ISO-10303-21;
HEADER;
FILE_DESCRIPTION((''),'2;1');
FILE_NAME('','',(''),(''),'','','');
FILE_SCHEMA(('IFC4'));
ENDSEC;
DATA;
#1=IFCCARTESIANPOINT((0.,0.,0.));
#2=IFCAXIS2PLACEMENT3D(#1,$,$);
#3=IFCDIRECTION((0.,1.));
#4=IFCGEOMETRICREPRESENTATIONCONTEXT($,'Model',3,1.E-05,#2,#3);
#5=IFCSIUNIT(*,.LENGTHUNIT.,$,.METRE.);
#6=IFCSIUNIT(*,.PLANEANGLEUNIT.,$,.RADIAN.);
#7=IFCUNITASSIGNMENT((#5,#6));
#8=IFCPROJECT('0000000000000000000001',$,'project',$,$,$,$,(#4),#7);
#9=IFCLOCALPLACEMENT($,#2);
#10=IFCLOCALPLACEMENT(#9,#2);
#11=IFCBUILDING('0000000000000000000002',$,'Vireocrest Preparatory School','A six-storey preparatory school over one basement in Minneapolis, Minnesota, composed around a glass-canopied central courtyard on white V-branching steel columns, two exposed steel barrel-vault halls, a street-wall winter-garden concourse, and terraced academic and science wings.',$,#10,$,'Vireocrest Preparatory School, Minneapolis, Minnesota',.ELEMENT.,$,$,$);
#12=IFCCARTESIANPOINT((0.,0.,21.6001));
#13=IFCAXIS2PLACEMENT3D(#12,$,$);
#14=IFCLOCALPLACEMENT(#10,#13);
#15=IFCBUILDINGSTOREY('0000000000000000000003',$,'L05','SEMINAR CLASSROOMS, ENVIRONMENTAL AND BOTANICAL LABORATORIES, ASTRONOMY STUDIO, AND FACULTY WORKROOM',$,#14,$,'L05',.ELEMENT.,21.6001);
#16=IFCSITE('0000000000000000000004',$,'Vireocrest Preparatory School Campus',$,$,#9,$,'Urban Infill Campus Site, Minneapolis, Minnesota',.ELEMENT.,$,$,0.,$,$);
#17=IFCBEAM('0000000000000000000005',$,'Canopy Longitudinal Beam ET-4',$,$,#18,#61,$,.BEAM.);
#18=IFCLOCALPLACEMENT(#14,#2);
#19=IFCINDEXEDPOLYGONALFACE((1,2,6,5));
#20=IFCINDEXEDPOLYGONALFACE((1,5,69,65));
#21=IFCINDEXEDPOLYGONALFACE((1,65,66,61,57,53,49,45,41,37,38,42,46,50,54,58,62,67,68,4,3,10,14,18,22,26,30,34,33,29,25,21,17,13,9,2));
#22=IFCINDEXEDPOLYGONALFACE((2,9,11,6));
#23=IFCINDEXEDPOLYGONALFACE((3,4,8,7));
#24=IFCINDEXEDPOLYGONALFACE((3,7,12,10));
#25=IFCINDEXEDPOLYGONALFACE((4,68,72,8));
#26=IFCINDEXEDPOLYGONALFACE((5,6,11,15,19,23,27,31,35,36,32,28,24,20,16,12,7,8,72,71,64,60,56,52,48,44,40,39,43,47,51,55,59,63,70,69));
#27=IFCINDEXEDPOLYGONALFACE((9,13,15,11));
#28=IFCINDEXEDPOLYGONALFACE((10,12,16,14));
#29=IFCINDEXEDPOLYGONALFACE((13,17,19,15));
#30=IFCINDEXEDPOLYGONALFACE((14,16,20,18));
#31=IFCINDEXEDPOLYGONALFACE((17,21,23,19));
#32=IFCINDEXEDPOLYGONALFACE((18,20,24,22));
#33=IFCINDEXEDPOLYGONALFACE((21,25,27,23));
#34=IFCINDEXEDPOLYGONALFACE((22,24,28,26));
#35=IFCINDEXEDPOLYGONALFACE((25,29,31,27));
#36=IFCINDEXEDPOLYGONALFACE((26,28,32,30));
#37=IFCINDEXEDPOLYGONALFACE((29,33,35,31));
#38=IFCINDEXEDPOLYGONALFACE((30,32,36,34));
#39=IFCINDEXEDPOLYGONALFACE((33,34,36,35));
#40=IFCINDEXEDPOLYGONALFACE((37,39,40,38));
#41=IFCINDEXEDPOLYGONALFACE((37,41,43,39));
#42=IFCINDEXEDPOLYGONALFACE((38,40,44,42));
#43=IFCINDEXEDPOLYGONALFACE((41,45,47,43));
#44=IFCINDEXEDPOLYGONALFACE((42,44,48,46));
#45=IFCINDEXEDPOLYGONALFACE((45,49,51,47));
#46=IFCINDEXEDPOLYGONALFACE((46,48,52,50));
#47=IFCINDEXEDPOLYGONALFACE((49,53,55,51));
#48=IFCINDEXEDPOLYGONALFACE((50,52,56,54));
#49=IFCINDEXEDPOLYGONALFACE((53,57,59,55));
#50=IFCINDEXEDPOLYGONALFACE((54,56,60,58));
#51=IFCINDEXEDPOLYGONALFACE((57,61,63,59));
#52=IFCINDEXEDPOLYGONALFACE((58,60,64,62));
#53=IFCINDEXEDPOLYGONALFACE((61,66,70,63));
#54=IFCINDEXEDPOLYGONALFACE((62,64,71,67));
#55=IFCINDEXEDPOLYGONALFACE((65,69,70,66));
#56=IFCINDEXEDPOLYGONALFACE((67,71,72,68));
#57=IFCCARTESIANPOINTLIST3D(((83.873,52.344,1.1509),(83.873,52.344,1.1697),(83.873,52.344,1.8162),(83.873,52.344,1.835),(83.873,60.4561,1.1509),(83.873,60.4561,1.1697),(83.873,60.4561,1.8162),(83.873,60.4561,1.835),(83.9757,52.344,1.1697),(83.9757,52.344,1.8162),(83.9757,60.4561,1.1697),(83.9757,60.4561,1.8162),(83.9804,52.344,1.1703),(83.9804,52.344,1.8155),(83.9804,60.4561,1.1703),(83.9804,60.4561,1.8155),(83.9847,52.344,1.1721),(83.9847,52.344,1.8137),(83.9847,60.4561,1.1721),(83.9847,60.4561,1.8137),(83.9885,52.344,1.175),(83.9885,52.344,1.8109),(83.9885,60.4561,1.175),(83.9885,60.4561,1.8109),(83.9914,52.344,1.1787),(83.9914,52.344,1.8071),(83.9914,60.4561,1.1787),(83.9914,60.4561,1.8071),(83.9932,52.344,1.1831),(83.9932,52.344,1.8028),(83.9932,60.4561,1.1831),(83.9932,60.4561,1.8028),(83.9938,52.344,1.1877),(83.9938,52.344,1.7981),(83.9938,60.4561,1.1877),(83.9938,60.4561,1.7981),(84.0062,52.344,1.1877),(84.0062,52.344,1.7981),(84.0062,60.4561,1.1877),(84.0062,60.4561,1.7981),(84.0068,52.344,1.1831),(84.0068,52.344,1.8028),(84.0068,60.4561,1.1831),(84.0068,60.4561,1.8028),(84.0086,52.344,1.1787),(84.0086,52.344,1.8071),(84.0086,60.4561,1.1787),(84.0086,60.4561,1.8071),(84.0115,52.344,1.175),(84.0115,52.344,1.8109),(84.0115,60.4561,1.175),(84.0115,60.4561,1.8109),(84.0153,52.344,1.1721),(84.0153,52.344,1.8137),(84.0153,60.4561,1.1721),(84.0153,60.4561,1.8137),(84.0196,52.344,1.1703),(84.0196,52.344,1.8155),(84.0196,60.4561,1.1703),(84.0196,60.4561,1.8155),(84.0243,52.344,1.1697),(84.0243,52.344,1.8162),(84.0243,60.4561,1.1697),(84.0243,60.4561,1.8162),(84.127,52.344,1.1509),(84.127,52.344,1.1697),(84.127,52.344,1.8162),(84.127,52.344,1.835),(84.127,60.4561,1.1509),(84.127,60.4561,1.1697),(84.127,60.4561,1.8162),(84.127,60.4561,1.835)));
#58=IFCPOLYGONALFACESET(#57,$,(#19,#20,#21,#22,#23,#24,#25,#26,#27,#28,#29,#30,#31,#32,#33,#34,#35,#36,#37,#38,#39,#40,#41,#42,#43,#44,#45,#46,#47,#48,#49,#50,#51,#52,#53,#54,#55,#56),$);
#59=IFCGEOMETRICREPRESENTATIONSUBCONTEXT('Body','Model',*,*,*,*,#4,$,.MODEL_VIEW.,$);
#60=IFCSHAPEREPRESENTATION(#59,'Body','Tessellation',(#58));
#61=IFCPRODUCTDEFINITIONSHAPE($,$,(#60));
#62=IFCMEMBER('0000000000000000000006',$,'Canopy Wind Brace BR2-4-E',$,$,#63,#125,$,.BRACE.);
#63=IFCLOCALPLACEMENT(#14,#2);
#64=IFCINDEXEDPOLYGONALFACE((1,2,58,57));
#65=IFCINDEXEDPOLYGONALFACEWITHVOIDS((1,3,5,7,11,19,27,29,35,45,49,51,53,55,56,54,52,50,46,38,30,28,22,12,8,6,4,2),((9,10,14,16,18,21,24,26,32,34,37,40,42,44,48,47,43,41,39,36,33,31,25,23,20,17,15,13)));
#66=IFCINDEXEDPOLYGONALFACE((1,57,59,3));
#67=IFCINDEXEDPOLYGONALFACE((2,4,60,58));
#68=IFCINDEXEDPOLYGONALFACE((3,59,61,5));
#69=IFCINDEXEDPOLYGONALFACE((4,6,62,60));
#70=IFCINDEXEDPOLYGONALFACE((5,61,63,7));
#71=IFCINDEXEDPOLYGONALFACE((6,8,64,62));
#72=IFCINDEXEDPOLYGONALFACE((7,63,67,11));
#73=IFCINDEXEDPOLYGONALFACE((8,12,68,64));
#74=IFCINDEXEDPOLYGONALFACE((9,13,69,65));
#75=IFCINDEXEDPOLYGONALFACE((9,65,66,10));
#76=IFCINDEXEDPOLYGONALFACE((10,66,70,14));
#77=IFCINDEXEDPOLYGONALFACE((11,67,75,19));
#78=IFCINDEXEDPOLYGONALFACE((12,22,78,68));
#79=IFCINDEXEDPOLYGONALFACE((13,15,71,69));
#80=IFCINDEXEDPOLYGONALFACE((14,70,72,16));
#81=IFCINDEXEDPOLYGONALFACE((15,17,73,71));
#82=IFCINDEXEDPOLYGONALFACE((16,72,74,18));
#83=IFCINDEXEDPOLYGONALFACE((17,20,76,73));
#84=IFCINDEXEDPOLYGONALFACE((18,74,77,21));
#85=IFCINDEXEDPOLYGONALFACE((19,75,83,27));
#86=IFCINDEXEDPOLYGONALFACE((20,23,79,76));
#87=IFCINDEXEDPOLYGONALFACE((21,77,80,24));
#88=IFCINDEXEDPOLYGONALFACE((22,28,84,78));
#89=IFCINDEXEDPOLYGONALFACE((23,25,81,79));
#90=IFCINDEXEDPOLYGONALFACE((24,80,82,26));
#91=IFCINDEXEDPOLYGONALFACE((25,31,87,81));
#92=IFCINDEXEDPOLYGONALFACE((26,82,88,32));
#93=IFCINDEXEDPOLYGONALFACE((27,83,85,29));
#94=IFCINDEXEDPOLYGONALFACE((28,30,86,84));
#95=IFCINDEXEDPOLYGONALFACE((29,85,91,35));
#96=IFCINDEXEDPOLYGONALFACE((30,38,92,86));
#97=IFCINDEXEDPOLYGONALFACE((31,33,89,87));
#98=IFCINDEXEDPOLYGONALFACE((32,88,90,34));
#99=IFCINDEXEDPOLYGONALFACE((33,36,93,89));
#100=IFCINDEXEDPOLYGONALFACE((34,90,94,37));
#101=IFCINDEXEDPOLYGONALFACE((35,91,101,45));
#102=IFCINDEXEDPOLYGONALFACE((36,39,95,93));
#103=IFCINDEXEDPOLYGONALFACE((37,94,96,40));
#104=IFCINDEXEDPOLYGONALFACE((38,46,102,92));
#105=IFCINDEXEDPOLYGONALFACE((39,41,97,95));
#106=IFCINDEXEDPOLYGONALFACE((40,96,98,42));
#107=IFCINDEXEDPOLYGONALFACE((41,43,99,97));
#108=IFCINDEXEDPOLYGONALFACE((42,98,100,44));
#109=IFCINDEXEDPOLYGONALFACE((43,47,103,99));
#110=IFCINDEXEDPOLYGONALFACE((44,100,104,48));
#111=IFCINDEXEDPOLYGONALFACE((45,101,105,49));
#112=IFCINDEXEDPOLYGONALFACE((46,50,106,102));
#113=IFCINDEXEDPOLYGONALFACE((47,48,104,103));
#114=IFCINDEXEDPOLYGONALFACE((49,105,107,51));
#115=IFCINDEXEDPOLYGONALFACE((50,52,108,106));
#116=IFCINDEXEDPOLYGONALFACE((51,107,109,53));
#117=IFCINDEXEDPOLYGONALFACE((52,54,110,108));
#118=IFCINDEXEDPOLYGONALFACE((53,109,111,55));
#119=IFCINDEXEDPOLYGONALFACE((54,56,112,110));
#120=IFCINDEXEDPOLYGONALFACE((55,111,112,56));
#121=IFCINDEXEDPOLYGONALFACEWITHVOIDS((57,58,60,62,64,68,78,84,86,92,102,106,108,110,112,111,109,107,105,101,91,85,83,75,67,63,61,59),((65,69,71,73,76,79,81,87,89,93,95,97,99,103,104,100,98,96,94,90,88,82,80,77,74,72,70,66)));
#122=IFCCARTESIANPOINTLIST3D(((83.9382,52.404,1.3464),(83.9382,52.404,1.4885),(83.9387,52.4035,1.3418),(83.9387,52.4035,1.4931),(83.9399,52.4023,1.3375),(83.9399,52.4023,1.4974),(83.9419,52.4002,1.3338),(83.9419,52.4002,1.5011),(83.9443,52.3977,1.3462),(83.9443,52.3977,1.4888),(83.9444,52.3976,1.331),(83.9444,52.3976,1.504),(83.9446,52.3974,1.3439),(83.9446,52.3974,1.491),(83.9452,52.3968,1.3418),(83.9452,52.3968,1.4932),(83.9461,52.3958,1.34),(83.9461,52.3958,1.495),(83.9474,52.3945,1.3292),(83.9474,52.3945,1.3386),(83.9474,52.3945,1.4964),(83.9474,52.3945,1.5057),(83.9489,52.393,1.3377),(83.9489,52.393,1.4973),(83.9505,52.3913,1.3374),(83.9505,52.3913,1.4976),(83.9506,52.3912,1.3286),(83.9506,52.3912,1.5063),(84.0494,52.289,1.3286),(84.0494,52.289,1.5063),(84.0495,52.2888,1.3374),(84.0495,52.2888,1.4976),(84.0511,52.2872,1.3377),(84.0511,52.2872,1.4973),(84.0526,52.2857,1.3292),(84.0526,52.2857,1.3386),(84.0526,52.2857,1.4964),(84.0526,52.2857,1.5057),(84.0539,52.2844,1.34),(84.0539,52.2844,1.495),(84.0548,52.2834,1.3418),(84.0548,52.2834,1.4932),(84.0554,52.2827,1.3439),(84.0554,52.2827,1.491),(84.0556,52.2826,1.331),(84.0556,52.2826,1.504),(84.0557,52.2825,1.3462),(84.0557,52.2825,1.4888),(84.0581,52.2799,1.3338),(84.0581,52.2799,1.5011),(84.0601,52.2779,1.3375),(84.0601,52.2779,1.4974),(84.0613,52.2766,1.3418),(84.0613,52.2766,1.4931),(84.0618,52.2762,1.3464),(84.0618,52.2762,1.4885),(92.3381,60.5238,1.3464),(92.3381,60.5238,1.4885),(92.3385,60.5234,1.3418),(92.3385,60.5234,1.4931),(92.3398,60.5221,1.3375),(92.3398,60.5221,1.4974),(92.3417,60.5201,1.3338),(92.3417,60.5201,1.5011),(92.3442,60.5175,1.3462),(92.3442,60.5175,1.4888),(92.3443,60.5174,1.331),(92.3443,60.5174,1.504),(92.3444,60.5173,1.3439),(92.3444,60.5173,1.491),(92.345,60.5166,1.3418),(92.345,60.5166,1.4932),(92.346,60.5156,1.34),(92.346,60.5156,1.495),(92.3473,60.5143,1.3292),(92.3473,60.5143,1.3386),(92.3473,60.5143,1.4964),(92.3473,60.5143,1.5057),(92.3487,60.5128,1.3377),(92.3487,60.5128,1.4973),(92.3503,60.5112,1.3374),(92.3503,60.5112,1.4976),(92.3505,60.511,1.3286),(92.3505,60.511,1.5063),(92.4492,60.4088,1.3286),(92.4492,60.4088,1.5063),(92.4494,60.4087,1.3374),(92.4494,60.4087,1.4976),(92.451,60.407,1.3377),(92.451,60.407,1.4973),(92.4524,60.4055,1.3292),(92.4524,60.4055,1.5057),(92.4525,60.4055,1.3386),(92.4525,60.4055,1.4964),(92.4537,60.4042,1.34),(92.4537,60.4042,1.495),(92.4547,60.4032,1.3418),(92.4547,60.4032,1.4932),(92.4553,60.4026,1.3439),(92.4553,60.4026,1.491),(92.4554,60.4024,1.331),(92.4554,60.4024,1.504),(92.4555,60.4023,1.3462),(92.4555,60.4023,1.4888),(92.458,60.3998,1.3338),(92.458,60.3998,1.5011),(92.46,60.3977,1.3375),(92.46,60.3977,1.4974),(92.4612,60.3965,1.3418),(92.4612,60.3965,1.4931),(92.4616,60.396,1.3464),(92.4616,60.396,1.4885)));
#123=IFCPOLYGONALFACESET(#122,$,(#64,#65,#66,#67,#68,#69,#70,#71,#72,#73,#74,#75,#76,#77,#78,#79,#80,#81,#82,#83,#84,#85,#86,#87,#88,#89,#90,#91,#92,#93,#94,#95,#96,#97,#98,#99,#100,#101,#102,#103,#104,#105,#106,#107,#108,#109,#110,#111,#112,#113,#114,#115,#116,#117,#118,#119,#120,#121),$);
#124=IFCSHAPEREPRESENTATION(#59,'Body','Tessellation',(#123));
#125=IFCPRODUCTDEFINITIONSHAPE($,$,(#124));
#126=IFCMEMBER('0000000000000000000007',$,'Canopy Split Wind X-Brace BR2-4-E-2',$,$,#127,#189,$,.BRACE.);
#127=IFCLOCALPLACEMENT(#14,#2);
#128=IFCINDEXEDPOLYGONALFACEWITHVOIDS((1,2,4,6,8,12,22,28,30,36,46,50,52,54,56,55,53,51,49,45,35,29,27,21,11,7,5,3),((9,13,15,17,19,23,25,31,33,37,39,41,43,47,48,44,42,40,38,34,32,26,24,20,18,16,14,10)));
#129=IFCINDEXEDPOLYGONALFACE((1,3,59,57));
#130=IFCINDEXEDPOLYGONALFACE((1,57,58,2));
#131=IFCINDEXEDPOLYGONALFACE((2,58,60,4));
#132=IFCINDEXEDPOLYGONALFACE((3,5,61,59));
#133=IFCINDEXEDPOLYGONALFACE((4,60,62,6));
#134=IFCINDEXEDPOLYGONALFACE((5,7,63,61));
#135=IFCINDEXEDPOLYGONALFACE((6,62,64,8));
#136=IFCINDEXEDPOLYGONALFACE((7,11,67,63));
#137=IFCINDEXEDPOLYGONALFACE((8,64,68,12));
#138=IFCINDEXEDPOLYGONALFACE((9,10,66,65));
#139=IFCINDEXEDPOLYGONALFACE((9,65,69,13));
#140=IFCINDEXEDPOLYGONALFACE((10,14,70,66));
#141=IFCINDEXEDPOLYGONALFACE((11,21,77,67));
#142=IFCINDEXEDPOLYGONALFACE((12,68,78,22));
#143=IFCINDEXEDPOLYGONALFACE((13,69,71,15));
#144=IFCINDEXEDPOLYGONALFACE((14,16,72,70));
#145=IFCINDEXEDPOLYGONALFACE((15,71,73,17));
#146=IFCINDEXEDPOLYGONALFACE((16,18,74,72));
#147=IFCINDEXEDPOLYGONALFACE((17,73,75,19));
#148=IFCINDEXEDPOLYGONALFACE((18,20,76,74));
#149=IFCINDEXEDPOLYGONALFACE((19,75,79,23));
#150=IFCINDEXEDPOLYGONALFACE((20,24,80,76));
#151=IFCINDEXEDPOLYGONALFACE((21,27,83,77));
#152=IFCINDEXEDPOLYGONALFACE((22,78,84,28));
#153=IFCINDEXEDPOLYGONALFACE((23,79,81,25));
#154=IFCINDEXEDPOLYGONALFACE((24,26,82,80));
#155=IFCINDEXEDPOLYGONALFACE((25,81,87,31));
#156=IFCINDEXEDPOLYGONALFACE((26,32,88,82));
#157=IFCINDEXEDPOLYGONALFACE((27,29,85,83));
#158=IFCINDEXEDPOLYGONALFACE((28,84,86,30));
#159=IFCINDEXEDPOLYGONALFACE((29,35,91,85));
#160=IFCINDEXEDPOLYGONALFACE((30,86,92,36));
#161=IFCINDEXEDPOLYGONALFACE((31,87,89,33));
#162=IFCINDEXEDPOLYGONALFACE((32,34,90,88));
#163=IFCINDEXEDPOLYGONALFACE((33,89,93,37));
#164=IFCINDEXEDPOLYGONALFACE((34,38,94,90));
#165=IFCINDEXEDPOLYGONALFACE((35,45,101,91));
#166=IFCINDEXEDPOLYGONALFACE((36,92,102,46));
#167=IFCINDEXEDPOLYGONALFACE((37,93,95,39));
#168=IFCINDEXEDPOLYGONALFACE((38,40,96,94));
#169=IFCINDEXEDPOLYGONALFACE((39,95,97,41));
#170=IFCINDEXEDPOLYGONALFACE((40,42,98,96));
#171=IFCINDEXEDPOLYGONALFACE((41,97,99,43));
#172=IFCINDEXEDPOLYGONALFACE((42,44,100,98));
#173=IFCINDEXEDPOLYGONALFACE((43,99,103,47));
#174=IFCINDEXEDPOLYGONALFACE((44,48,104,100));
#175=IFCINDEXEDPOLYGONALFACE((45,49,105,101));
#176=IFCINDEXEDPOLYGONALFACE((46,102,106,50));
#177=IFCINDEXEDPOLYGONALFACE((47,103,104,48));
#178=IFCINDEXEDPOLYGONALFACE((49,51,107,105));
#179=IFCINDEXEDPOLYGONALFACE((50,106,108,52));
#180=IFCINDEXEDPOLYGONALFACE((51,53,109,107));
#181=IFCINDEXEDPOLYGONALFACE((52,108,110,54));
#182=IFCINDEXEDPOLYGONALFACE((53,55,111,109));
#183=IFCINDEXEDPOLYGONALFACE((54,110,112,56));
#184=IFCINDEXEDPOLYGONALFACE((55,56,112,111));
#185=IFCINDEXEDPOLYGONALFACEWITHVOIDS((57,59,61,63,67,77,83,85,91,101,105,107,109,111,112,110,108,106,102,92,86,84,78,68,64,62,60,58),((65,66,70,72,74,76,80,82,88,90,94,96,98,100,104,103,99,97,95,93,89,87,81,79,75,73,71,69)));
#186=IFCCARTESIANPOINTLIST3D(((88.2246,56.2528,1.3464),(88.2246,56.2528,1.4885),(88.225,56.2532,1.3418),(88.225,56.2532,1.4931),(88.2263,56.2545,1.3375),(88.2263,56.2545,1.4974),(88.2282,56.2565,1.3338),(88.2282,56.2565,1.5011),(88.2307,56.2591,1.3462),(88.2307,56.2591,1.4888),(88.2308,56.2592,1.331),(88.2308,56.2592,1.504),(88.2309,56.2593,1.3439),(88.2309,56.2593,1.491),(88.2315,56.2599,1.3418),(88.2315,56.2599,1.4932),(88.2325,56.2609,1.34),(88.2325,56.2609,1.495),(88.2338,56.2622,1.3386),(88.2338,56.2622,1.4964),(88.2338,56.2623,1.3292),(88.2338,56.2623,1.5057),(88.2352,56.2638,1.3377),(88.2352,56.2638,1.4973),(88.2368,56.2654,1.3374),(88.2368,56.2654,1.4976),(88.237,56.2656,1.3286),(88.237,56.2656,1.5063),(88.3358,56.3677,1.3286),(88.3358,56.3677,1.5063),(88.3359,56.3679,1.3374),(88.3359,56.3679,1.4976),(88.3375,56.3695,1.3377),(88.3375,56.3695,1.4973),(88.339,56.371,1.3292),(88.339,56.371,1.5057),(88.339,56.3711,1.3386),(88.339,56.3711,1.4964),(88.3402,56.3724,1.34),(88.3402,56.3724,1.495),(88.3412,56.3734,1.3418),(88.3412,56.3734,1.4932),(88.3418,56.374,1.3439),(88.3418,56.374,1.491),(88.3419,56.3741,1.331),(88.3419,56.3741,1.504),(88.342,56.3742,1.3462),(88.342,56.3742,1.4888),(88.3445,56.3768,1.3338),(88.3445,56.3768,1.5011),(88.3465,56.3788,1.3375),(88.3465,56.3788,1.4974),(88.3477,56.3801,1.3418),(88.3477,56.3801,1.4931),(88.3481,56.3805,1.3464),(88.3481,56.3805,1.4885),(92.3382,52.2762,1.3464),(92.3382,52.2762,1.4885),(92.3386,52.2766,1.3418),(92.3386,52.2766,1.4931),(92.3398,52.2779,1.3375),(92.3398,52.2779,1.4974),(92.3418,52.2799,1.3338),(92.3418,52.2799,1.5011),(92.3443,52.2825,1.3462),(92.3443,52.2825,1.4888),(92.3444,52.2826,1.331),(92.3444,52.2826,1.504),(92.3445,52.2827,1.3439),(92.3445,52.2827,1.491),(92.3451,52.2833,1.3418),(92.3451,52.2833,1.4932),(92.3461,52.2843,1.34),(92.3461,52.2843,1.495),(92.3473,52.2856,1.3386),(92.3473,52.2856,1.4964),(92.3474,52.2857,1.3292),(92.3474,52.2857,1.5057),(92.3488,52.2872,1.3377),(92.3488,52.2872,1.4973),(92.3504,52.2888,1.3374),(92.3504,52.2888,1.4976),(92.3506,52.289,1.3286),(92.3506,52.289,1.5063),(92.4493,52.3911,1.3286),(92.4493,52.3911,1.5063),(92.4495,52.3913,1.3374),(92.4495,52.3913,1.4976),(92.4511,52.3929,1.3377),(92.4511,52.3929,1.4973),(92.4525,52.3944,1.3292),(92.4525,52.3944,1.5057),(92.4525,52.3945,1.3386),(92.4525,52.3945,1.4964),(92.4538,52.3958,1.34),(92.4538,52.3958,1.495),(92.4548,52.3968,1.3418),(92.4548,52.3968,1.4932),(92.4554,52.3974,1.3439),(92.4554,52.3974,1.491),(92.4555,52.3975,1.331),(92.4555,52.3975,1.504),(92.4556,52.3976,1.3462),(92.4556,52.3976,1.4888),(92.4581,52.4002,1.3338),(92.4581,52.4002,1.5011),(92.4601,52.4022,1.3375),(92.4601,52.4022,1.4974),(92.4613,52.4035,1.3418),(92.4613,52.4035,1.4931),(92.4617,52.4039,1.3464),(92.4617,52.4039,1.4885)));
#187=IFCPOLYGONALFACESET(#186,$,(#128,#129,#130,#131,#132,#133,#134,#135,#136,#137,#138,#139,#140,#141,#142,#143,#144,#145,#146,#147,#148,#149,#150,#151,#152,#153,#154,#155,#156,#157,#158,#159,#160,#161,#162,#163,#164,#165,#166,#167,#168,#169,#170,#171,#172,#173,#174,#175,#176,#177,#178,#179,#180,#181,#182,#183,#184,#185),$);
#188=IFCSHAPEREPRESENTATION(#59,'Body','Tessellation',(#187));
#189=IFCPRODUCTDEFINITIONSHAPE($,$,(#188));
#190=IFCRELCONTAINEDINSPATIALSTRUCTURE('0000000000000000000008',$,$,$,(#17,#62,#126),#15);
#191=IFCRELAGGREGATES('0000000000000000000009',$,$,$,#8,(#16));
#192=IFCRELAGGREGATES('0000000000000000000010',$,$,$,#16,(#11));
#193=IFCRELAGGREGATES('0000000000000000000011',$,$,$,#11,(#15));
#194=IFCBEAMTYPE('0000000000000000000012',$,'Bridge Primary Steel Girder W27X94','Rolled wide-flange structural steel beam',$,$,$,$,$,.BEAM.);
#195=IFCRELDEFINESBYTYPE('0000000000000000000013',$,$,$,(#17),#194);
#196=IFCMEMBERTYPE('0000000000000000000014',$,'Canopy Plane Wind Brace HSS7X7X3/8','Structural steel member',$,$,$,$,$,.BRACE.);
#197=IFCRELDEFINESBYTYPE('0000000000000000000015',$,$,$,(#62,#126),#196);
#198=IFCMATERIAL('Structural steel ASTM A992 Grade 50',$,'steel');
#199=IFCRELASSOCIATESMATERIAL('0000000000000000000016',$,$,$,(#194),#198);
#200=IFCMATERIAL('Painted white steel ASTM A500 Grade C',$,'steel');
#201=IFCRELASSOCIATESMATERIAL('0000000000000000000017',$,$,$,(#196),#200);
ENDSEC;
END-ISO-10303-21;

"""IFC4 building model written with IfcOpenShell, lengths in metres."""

from ifc_helpers import new_model, si_unit, direction, frame, origin, origin_2d, place, context, subcontext, project, spatial, hollow_rectangle, i_section, extrude, material, material_profile, profile_set, type_object, element, save


model = new_model("IFC4")

# Units and contexts
model_context = context("Model", 3, precision=1e-05, world=origin(), true_north=direction((0.0, 1.0)))
body_context = subcontext(model_context, "Body", "Model", "MODEL_VIEW")
ifc_project = project(units=[si_unit("LENGTHUNIT", "METRE"), si_unit("PLANEANGLEUNIT", "RADIAN")], contexts=[model_context])

# Site, building, storey
site_placement = place(None, origin())
site = spatial("IfcSite", under=ifc_project, at=site_placement, Name="Vireocrest Preparatory School Campus", LongName="Urban Infill Campus Site, Minneapolis, Minnesota", CompositionType="ELEMENT", RefElevation=0.0)
building_placement = place(site_placement, origin())
building = spatial("IfcBuilding", under=site, at=building_placement, Name="Vireocrest Preparatory School", Description="A six-storey preparatory school over one basement in Minneapolis, Minnesota, composed around a glass-canopied central courtyard on white V-branching steel columns, two exposed steel barrel-vault halls, a street-wall winter-garden concourse, and terraced academic and science wings.", LongName="Vireocrest Preparatory School, Minneapolis, Minnesota", CompositionType="ELEMENT")
storey_placement = place(building_placement, frame((0.0, 0.0, 21.6001)))
storey = spatial("IfcBuildingStorey", under=building, at=storey_placement, Name="L05", Description="SEMINAR CLASSROOMS, ENVIRONMENTAL AND BOTANICAL LABORATORIES, ASTRONOMY STUDIO, AND FACULTY WORKROOM", LongName="L05", CompositionType="ELEMENT", Elevation=21.6001)

# Beam
ifc_material_1 = material(Name="Structural steel ASTM A992 Grade 50", Category="steel")
ifc_material_profile_1 = material_profile(ifc_material_1, i_section(OverallWidth=0.2539, OverallDepth=0.6841, WebThickness=0.0125, FlangeThickness=0.0188, FilletRadius=0.0181, at=origin_2d()), Name="W27X94")
ifc_profile_set_1 = profile_set([ifc_material_profile_1], Name="Structural steel ASTM A992 Grade 50")
beam_type = type_object("IfcBeamType", Name="Bridge Primary Steel Girder W27X94", Description="Rolled wide-flange structural steel beam", PredefinedType="BEAM", material=ifc_profile_set_1)
for number, where, z_axis, x_axis, name in (
    (1, (84.0, 52.344, 1.4929), (0.0, 1.0, 0.0), (-1.0, 0.0, 0.0), "Canopy Longitudinal Beam ET-4"),
):
    element("IfcBeam", number, at=place(storey_placement, frame(where, z_axis=z_axis, x_axis=x_axis)), inside=storey, type_object=beam_type, Name=name, PredefinedType="BEAM", context=body_context, shape_type="SweptSolid", body=[
        extrude(i_section(OverallWidth=0.2539, OverallDepth=0.6841, WebThickness=0.0125, FlangeThickness=0.0188, FilletRadius=0.0181, at=origin_2d()), origin(), (0.0, 0.0, 1.0), 8.1121),
    ])

# Members
ifc_material_2 = material(Name="Painted white steel ASTM A500 Grade C", Category="steel")
ifc_material_profile_2 = material_profile(ifc_material_2, hollow_rectangle(XDim=0.1777, YDim=0.1777, WallThickness=0.0088, InnerFilletRadius=0.0088, OuterFilletRadius=0.0178, at=origin_2d()), Name="HSS7X7X3/8")
ifc_profile_set_2 = profile_set([ifc_material_profile_2], Name="Painted white steel ASTM A500 Grade C")
member_type = type_object("IfcMemberType", Name="Canopy Plane Wind Brace HSS7X7X3/8", Description="Structural steel member", PredefinedType="BRACE", material=ifc_profile_set_2)
member_1_placement = place(storey_placement, frame((84.0, 52.3401, 1.4175), z_axis=(0.71899, 0.695021, 0.0), x_axis=(-0.695021, 0.71899, 0.0)))
element("IfcMember", 2, at=member_1_placement, inside=storey, type_object=member_type, Name="Canopy Wind Brace BR2-4-E", PredefinedType="BRACE", context=body_context, shape_type="SweptSolid", body=[
    extrude(hollow_rectangle(XDim=0.1777, YDim=0.1777, WallThickness=0.0088, InnerFilletRadius=0.0088, OuterFilletRadius=0.0178, at=origin_2d()), origin(), (0.0, 0.0, 1.0), 11.6829),
])
member_2_placement = place(storey_placement, frame((88.2864, 56.3167, 1.4175), z_axis=(0.718975, -0.695036, 0.0), x_axis=(0.695036, 0.718975, 0.0)))
element("IfcMember", 3, at=member_2_placement, inside=storey, type_object=member_type, Name="Canopy Split Wind X-Brace BR2-4-E-2", PredefinedType="BRACE", context=body_context, shape_type="SweptSolid", body=[
    extrude(hollow_rectangle(XDim=0.1777, YDim=0.1777, WallThickness=0.0088, InnerFilletRadius=0.0088, OuterFilletRadius=0.0178, at=origin_2d()), origin(), (0.0, 0.0, 1.0), 5.7214),
])

save(model, "model.ifc")
